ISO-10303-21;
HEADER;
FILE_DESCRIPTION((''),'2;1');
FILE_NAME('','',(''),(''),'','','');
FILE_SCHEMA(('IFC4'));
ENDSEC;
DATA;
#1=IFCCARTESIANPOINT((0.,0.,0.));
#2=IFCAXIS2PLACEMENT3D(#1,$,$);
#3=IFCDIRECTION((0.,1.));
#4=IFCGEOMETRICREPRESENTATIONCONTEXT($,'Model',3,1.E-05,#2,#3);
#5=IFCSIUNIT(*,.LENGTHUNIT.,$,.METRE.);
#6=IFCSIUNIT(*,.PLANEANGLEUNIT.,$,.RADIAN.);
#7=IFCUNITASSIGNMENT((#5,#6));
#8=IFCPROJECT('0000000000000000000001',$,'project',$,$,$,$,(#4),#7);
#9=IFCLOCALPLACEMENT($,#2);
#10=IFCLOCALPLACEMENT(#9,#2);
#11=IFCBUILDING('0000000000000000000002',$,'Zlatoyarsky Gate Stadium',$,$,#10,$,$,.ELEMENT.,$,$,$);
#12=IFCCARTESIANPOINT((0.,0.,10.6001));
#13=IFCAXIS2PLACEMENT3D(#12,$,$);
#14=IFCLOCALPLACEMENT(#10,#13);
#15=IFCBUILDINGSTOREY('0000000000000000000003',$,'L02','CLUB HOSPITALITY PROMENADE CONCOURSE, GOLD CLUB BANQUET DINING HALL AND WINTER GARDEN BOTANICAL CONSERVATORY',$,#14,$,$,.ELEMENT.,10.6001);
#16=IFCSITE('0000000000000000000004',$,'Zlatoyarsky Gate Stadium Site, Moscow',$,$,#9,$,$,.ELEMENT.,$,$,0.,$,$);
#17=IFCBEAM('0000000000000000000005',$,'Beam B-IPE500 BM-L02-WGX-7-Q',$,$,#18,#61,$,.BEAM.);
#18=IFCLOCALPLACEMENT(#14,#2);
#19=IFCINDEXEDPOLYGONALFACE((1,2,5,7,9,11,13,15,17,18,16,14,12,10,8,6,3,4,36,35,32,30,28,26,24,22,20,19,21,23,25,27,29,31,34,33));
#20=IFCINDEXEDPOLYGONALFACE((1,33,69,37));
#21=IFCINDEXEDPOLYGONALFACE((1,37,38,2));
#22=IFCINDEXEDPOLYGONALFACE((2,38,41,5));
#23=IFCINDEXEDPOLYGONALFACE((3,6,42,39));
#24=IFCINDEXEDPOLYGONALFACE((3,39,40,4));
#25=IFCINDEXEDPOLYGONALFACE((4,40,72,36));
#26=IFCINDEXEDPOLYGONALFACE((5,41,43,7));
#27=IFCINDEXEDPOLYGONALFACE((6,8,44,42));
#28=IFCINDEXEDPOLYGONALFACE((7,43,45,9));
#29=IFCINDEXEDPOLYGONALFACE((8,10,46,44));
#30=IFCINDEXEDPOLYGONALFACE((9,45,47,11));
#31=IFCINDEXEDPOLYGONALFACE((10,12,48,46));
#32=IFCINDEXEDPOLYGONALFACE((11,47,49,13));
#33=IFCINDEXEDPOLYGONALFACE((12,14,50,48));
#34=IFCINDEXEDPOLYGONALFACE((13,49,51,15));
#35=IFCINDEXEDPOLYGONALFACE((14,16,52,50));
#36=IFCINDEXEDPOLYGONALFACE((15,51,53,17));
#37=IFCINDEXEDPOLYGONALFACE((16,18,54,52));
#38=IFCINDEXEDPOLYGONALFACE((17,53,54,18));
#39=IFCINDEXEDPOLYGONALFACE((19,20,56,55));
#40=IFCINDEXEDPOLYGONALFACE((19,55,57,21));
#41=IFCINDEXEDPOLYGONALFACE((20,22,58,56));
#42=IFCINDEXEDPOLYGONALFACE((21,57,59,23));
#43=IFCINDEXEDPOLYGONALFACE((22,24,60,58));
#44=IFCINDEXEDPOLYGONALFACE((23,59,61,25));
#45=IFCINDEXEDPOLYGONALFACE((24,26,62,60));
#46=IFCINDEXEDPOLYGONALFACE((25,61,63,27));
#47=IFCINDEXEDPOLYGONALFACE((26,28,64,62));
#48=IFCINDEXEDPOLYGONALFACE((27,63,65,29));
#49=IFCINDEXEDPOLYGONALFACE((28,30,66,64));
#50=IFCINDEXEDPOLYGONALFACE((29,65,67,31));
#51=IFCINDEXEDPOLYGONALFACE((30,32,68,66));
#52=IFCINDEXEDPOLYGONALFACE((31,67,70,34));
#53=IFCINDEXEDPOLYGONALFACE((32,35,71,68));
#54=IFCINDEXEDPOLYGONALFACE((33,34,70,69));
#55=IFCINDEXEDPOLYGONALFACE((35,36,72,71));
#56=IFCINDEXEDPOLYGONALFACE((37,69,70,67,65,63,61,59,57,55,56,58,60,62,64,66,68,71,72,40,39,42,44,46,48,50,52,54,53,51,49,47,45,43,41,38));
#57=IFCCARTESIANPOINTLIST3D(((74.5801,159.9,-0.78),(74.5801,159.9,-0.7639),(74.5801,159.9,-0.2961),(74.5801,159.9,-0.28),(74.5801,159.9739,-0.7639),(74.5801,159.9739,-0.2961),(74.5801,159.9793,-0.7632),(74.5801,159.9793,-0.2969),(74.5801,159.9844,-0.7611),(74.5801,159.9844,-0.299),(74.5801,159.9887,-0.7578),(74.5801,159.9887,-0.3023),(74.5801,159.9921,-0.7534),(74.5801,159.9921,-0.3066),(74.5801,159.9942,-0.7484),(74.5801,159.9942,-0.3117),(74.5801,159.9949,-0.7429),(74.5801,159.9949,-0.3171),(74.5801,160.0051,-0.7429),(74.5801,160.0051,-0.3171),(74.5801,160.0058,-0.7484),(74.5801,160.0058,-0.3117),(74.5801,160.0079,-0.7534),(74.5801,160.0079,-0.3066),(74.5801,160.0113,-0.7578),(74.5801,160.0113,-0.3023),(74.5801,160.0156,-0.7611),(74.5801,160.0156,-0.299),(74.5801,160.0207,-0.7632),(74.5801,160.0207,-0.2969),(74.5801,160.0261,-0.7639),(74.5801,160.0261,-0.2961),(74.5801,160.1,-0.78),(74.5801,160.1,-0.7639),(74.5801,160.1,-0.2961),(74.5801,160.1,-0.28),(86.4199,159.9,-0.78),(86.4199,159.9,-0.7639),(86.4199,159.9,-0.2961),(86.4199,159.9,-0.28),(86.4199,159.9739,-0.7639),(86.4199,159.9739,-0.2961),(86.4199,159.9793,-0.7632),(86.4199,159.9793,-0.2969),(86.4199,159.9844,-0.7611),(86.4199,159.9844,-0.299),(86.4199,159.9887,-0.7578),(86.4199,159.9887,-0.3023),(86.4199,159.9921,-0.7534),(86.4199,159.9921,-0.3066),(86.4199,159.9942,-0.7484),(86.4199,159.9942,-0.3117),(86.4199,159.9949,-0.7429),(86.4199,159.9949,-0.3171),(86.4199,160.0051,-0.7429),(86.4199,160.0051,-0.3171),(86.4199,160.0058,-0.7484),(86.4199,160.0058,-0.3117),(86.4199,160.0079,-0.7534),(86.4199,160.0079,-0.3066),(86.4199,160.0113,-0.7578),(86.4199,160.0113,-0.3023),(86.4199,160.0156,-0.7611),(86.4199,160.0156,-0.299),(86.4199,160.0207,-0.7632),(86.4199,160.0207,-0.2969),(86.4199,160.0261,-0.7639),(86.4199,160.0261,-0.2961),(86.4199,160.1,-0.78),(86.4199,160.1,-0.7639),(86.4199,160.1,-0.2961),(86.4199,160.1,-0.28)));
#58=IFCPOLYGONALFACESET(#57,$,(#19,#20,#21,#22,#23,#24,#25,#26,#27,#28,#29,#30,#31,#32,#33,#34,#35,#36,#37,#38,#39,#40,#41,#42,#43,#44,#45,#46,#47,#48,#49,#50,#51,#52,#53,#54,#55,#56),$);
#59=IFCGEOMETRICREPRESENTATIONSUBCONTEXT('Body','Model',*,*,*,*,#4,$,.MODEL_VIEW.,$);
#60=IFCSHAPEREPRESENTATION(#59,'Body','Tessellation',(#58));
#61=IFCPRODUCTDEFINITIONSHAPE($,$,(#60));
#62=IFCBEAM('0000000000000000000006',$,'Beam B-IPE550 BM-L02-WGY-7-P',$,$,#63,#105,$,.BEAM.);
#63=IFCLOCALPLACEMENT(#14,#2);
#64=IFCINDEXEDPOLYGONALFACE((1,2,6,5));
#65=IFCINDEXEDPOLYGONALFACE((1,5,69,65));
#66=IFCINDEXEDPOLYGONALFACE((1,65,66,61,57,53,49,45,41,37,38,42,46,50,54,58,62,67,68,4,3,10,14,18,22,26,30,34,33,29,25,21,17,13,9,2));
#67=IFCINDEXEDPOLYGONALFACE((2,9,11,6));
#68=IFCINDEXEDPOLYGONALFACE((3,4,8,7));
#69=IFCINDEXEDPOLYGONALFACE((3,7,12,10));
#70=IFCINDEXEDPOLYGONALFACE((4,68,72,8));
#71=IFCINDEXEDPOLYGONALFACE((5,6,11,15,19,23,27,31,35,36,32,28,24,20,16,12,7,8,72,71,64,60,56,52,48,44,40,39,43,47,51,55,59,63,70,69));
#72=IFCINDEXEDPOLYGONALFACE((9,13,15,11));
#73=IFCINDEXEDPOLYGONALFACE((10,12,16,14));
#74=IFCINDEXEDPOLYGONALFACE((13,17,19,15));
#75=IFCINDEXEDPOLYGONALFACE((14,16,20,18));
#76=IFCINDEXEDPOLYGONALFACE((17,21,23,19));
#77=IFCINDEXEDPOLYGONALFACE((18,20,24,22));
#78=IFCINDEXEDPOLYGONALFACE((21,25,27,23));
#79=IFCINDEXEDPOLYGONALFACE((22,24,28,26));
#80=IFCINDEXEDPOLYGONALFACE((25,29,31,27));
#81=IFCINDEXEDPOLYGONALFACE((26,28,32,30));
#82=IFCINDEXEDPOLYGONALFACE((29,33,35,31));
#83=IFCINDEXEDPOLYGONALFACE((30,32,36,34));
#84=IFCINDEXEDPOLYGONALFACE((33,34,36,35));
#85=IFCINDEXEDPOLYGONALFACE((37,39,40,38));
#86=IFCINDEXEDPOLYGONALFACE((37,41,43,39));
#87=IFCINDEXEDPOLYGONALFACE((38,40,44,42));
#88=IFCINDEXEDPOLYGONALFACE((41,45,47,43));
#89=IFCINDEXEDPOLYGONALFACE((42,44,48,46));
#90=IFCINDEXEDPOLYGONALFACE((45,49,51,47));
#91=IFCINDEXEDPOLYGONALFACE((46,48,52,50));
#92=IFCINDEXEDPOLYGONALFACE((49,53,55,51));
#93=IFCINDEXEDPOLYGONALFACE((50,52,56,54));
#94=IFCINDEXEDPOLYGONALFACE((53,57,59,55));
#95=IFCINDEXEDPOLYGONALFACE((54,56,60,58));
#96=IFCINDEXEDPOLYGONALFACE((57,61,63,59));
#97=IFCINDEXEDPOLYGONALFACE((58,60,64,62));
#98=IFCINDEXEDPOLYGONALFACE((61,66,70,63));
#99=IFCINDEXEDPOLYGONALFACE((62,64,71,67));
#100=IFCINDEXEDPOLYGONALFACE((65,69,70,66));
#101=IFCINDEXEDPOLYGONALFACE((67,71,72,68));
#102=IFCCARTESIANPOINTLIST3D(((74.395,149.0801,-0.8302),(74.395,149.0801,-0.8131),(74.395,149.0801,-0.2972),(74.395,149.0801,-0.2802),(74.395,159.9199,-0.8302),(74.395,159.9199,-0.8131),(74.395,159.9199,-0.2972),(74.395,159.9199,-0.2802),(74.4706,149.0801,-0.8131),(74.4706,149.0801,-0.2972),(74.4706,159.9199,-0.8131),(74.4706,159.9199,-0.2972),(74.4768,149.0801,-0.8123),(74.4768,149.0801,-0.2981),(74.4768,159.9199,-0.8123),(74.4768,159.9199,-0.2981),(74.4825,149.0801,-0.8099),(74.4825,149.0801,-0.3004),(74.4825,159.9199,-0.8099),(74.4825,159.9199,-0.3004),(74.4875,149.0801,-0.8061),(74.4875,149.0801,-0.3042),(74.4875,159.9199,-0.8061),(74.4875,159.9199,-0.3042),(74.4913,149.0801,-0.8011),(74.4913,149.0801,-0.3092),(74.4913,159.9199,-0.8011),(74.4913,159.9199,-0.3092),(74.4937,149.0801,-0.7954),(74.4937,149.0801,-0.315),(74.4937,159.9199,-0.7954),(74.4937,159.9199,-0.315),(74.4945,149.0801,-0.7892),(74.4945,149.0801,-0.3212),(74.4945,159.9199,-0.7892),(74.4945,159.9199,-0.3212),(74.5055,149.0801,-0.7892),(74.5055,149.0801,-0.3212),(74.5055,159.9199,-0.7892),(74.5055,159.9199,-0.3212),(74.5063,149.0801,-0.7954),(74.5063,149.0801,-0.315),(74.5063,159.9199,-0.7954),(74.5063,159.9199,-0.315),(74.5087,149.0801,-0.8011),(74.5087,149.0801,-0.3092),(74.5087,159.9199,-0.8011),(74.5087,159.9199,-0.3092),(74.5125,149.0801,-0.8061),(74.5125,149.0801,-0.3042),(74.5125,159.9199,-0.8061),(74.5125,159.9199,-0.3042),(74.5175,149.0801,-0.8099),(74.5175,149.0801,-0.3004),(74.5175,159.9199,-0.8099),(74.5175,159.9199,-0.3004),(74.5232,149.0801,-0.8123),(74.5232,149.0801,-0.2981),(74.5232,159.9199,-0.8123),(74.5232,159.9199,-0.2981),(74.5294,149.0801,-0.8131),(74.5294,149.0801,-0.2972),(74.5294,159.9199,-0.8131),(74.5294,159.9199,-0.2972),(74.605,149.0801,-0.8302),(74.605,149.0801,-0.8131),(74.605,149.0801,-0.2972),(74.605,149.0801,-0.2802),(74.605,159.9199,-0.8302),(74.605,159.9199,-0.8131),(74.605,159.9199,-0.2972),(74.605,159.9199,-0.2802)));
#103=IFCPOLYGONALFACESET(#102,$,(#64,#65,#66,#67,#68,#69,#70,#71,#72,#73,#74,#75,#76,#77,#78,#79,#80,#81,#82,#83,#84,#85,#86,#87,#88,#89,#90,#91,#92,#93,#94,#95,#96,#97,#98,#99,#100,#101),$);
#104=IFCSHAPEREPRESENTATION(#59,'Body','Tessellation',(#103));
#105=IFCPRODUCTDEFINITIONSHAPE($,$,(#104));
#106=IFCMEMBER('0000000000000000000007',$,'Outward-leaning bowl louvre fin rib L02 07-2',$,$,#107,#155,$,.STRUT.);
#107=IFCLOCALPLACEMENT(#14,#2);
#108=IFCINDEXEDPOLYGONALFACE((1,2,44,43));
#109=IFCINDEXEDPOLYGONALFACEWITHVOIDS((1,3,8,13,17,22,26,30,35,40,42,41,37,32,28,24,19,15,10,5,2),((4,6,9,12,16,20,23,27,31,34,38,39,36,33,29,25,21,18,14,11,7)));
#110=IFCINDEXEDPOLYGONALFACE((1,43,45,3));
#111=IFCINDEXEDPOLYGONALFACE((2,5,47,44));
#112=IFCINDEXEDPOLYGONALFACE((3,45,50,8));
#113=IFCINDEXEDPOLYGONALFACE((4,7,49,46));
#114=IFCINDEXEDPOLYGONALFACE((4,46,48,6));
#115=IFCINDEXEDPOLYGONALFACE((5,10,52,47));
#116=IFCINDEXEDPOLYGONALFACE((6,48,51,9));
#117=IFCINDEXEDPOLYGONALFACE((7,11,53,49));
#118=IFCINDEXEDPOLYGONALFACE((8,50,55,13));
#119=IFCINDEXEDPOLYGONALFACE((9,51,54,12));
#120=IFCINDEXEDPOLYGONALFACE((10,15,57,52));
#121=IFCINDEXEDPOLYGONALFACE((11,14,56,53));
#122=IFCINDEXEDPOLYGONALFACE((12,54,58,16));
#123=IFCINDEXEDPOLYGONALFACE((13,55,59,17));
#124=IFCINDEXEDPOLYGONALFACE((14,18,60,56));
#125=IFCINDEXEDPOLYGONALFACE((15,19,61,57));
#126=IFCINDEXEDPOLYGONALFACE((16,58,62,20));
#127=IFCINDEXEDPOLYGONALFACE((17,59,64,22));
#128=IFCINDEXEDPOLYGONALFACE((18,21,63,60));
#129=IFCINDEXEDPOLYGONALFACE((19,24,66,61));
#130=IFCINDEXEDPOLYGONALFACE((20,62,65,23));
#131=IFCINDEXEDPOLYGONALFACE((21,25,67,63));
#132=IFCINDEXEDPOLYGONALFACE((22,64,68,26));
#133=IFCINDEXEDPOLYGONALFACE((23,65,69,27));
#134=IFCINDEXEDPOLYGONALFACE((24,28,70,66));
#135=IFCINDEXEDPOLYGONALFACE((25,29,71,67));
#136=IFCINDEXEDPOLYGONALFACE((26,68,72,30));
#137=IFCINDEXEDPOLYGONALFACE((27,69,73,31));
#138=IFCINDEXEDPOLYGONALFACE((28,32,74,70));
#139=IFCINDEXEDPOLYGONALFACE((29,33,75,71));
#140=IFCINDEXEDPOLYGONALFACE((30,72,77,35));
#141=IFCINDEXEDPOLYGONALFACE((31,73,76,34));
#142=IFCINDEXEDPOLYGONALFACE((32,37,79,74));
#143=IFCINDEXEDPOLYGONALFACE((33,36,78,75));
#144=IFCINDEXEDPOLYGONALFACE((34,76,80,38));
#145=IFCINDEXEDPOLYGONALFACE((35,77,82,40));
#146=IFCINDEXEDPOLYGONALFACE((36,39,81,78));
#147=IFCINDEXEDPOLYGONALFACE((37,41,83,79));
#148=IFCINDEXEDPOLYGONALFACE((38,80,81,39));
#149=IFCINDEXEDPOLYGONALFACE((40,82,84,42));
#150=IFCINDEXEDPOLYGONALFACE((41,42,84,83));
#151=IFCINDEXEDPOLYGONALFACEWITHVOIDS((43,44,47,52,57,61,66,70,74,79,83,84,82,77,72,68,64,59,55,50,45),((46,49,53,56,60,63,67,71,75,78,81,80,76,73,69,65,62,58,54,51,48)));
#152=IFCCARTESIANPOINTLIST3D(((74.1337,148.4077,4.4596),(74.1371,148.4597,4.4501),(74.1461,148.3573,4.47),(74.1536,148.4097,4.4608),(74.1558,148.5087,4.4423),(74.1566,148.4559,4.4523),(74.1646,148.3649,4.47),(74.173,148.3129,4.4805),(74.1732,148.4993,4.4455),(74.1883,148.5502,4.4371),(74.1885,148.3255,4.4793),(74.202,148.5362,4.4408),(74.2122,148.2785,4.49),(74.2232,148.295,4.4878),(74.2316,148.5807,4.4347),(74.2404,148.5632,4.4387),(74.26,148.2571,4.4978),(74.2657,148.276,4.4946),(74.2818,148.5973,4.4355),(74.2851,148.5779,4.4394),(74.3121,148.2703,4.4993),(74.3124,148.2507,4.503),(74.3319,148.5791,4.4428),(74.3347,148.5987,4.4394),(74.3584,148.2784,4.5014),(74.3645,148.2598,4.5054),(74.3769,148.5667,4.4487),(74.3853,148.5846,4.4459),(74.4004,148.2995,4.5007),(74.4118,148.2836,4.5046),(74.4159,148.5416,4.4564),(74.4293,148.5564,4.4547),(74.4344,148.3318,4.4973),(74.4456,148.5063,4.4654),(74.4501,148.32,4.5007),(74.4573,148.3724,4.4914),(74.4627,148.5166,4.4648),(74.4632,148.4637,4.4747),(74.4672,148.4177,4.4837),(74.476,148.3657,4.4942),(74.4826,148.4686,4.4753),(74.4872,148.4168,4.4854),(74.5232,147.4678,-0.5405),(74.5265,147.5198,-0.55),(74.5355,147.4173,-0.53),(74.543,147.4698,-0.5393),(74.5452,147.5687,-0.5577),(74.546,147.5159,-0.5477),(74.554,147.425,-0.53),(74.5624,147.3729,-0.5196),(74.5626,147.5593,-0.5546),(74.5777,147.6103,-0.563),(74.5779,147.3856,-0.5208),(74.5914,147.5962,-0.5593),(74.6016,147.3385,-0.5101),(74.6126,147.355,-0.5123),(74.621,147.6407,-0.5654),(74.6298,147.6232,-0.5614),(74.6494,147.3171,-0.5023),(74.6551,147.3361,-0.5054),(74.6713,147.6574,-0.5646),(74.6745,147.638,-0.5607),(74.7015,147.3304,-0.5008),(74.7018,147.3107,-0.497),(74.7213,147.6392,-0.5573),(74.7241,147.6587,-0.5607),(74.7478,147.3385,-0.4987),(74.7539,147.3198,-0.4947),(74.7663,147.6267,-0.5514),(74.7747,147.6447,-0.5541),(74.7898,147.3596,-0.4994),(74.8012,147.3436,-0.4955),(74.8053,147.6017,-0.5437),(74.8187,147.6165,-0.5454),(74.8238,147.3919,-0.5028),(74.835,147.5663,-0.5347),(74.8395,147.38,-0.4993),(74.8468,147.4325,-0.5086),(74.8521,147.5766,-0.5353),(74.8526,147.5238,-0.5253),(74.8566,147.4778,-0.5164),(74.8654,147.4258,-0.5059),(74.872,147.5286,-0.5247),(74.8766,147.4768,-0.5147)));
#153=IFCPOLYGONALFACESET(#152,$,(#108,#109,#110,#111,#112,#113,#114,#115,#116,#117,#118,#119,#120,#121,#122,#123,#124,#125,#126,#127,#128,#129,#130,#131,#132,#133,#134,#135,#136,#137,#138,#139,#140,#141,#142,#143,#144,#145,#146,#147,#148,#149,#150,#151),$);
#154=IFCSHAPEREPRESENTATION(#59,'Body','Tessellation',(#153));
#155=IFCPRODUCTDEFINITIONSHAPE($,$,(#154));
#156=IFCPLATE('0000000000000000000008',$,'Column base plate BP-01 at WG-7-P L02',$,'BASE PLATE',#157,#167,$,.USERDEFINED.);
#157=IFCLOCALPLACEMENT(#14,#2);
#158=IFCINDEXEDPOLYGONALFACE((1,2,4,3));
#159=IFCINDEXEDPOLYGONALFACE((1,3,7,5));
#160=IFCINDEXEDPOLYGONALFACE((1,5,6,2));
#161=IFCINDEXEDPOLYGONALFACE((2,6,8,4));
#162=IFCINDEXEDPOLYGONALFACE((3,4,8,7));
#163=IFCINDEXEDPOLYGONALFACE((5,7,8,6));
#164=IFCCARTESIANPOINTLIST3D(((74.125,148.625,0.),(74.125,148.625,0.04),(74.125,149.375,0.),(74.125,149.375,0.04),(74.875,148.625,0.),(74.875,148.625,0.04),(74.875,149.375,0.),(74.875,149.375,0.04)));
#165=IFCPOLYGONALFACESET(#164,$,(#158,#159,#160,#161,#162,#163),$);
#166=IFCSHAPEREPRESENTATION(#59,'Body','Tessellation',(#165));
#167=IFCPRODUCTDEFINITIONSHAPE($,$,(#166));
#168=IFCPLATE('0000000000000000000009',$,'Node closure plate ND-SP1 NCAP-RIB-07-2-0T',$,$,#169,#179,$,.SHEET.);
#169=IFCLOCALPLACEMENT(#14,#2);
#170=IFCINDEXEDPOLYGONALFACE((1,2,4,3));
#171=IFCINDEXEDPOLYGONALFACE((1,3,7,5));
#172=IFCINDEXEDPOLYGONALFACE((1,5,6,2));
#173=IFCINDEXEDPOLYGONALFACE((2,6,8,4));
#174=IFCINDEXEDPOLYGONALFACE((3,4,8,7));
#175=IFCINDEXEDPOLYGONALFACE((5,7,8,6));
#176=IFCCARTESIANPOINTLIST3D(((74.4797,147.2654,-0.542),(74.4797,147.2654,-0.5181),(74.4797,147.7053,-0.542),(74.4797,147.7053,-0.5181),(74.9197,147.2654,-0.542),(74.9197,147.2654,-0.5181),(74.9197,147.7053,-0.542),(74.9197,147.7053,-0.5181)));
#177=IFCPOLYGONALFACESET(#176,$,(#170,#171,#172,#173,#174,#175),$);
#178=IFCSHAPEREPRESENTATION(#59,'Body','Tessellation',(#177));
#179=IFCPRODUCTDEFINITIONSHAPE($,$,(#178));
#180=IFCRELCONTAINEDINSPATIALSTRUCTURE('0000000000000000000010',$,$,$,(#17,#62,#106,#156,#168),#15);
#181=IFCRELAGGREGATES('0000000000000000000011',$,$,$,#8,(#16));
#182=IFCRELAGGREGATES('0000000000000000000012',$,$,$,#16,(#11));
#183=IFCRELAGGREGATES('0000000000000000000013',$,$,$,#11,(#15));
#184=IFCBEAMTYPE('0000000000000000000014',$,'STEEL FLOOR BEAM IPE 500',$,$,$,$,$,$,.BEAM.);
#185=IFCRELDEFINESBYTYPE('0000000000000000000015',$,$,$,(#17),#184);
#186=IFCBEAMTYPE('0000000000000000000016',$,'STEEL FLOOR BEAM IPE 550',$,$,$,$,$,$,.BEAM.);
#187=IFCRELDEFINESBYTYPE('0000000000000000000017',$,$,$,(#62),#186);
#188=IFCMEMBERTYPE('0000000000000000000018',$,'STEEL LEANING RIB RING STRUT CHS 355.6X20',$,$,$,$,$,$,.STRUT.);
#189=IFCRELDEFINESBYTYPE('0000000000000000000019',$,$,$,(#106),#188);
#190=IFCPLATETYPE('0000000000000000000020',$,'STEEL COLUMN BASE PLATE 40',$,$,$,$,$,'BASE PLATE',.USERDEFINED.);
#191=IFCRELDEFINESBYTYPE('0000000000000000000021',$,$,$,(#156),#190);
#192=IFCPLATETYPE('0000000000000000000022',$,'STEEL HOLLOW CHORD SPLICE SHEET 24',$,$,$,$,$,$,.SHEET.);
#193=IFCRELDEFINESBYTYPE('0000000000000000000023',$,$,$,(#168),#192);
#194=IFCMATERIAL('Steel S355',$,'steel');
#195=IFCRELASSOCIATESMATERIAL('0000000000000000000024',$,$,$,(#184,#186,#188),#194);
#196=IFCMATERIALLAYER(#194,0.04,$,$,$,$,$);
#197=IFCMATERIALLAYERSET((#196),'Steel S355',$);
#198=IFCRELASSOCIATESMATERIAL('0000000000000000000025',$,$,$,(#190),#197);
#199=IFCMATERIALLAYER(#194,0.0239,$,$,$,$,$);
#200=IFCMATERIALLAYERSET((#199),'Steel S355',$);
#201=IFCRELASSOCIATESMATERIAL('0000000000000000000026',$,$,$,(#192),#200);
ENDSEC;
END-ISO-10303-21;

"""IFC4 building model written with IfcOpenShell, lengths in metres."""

from ifc_helpers import new_model, si_unit, direction, frame, origin, origin_2d, place, context, subcontext, project, spatial, rectangle, hollow_circle, i_section, extrude, material, layer, layer_set, material_profile, profile_set, type_object, element, save


model = new_model("IFC4")

# Units and contexts
model_context = context("Model", 3, precision=1e-05, world=origin(), true_north=direction((0.0, 1.0)))
body_context = subcontext(model_context, "Body", "Model", "MODEL_VIEW")
ifc_project = project(units=[si_unit("LENGTHUNIT", "METRE"), si_unit("PLANEANGLEUNIT", "RADIAN")], contexts=[model_context])

# Site, building, storey
site_placement = place(None, origin())
site = spatial("IfcSite", under=ifc_project, at=site_placement, Name="Zlatoyarsky Gate Stadium Site, Moscow", CompositionType="ELEMENT", RefElevation=0.0)
building_placement = place(site_placement, origin())
building = spatial("IfcBuilding", under=site, at=building_placement, Name="Zlatoyarsky Gate Stadium", CompositionType="ELEMENT")
storey_placement = place(building_placement, frame((0.0, 0.0, 10.6001)))
storey = spatial("IfcBuildingStorey", under=building, at=storey_placement, Name="L02", Description="CLUB HOSPITALITY PROMENADE CONCOURSE, GOLD CLUB BANQUET DINING HALL AND WINTER GARDEN BOTANICAL CONSERVATORY", CompositionType="ELEMENT", Elevation=10.6001)

# Shared definitions
ifc_material_1 = material(Name="Steel S355", Category="steel")

# Beams
ifc_material_profile_1 = material_profile(ifc_material_1, i_section(OverallWidth=0.2, OverallDepth=0.5, WebThickness=0.0103, FlangeThickness=0.0161, FilletRadius=0.021, at=origin_2d()), Name="IPE 500")
ifc_profile_set_1 = profile_set([ifc_material_profile_1], Name="Steel S355")
beam_type_1 = type_object("IfcBeamType", Name="STEEL FLOOR BEAM IPE 500", PredefinedType="BEAM", material=ifc_profile_set_1)
beam_1_placement = place(storey_placement, frame((74.5801, 160.0, -0.53), z_axis=(1.0, 0.0, 0.0), x_axis=(0.0, 1.0, 0.0)))
element("IfcBeam", 1, at=beam_1_placement, inside=storey, type_object=beam_type_1, Name="Beam B-IPE500 BM-L02-WGX-7-Q", PredefinedType="BEAM", context=body_context, shape_type="SweptSolid", body=[
    extrude(i_section(OverallWidth=0.2, OverallDepth=0.5, WebThickness=0.0103, FlangeThickness=0.0161, FilletRadius=0.021, at=origin_2d()), origin(), (0.0, 0.0, 1.0), 11.8398),
])
ifc_material_profile_2 = material_profile(ifc_material_1, i_section(OverallWidth=0.21, OverallDepth=0.55, WebThickness=0.011, FlangeThickness=0.0171, FilletRadius=0.0239, at=origin_2d()), Name="IPE 550")
ifc_profile_set_2 = profile_set([ifc_material_profile_2], Name="Steel S355")
beam_type_2 = type_object("IfcBeamType", Name="STEEL FLOOR BEAM IPE 550", PredefinedType="BEAM", material=ifc_profile_set_2)
beam_2_placement = place(storey_placement, frame((74.5, 149.0801, -0.5552), z_axis=(0.0, 1.0, 0.0), x_axis=(-1.0, 0.0, 0.0)))
element("IfcBeam", 2, at=beam_2_placement, inside=storey, type_object=beam_type_2, Name="Beam B-IPE550 BM-L02-WGY-7-P", PredefinedType="BEAM", context=body_context, shape_type="SweptSolid", body=[
    extrude(i_section(OverallWidth=0.21, OverallDepth=0.55, WebThickness=0.011, FlangeThickness=0.0171, FilletRadius=0.0239, at=origin_2d()), origin(), (0.0, 0.0, 1.0), 10.8398),
])

# Member
ifc_material_profile_3 = material_profile(ifc_material_1, hollow_circle(Radius=0.1777, WallThickness=0.02, at=origin_2d()), Name="CHS 355.6X20")
ifc_profile_set_3 = profile_set([ifc_material_profile_3], Name="Steel S355")
member_type_1 = type_object("IfcMemberType", Name="STEEL LEANING RIB RING STRUT CHS 355.6X20", PredefinedType="STRUT", material=ifc_profile_set_3)
member_1_placement = place(storey_placement, frame((74.6997, 147.4854, -0.53), z_axis=(-0.076317, 0.184213, 0.979919), x_axis=(-0.923856, -0.38274, 0.0)))
element("IfcMember", 3, at=member_1_placement, inside=storey, type_object=member_type_1, Name="Outward-leaning bowl louvre fin rib L02 07-2", PredefinedType="STRUT", context=body_context, shape_type="SweptSolid", body=[
    extrude(hollow_circle(Radius=0.1777, WallThickness=0.02, at=origin_2d()), origin(), (0.0, 0.0, 1.0), 5.1025),
])

# Plates
ifc_layer_1 = layer(ifc_material_1, 0.04)
ifc_layer_set_1 = layer_set([ifc_layer_1], Name="Steel S355")
plate_type_1 = type_object("IfcPlateType", Name="STEEL COLUMN BASE PLATE 40", ElementType="BASE PLATE", PredefinedType="USERDEFINED", material=ifc_layer_set_1)
plate_1_placement = place(storey_placement, frame((74.5, 149.0, 0.0), z_axis=(0.0, 0.0, 1.0), x_axis=(1.0, 0.0, 0.0)))
element("IfcPlate", 4, at=plate_1_placement, inside=storey, type_object=plate_type_1, Name="Column base plate BP-01 at WG-7-P L02", ObjectType="BASE PLATE", PredefinedType="USERDEFINED", context=body_context, shape_type="SweptSolid", body=[
    extrude(rectangle(XDim=0.75, YDim=0.75, at=origin_2d()), origin(), (0.0, 0.0, 1.0), 0.04),
])
ifc_layer_2 = layer(ifc_material_1, 0.0239)
ifc_layer_set_2 = layer_set([ifc_layer_2], Name="Steel S355")
plate_type_2 = type_object("IfcPlateType", Name="STEEL HOLLOW CHORD SPLICE SHEET 24", PredefinedType="SHEET", material=ifc_layer_set_2)
plate_2_placement = place(storey_placement, frame((74.6997, 147.4854, -0.542), z_axis=(0.0, 0.0, 1.0), x_axis=(1.0, 0.0, 0.0)))
element("IfcPlate", 5, at=plate_2_placement, inside=storey, type_object=plate_type_2, Name="Node closure plate ND-SP1 NCAP-RIB-07-2-0T", PredefinedType="SHEET", context=body_context, shape_type="SweptSolid", body=[
    extrude(rectangle(XDim=0.4399, YDim=0.4399, at=origin_2d()), origin(), (0.0, 0.0, 1.0), 0.0239),
])

save(model, "model.ifc")
